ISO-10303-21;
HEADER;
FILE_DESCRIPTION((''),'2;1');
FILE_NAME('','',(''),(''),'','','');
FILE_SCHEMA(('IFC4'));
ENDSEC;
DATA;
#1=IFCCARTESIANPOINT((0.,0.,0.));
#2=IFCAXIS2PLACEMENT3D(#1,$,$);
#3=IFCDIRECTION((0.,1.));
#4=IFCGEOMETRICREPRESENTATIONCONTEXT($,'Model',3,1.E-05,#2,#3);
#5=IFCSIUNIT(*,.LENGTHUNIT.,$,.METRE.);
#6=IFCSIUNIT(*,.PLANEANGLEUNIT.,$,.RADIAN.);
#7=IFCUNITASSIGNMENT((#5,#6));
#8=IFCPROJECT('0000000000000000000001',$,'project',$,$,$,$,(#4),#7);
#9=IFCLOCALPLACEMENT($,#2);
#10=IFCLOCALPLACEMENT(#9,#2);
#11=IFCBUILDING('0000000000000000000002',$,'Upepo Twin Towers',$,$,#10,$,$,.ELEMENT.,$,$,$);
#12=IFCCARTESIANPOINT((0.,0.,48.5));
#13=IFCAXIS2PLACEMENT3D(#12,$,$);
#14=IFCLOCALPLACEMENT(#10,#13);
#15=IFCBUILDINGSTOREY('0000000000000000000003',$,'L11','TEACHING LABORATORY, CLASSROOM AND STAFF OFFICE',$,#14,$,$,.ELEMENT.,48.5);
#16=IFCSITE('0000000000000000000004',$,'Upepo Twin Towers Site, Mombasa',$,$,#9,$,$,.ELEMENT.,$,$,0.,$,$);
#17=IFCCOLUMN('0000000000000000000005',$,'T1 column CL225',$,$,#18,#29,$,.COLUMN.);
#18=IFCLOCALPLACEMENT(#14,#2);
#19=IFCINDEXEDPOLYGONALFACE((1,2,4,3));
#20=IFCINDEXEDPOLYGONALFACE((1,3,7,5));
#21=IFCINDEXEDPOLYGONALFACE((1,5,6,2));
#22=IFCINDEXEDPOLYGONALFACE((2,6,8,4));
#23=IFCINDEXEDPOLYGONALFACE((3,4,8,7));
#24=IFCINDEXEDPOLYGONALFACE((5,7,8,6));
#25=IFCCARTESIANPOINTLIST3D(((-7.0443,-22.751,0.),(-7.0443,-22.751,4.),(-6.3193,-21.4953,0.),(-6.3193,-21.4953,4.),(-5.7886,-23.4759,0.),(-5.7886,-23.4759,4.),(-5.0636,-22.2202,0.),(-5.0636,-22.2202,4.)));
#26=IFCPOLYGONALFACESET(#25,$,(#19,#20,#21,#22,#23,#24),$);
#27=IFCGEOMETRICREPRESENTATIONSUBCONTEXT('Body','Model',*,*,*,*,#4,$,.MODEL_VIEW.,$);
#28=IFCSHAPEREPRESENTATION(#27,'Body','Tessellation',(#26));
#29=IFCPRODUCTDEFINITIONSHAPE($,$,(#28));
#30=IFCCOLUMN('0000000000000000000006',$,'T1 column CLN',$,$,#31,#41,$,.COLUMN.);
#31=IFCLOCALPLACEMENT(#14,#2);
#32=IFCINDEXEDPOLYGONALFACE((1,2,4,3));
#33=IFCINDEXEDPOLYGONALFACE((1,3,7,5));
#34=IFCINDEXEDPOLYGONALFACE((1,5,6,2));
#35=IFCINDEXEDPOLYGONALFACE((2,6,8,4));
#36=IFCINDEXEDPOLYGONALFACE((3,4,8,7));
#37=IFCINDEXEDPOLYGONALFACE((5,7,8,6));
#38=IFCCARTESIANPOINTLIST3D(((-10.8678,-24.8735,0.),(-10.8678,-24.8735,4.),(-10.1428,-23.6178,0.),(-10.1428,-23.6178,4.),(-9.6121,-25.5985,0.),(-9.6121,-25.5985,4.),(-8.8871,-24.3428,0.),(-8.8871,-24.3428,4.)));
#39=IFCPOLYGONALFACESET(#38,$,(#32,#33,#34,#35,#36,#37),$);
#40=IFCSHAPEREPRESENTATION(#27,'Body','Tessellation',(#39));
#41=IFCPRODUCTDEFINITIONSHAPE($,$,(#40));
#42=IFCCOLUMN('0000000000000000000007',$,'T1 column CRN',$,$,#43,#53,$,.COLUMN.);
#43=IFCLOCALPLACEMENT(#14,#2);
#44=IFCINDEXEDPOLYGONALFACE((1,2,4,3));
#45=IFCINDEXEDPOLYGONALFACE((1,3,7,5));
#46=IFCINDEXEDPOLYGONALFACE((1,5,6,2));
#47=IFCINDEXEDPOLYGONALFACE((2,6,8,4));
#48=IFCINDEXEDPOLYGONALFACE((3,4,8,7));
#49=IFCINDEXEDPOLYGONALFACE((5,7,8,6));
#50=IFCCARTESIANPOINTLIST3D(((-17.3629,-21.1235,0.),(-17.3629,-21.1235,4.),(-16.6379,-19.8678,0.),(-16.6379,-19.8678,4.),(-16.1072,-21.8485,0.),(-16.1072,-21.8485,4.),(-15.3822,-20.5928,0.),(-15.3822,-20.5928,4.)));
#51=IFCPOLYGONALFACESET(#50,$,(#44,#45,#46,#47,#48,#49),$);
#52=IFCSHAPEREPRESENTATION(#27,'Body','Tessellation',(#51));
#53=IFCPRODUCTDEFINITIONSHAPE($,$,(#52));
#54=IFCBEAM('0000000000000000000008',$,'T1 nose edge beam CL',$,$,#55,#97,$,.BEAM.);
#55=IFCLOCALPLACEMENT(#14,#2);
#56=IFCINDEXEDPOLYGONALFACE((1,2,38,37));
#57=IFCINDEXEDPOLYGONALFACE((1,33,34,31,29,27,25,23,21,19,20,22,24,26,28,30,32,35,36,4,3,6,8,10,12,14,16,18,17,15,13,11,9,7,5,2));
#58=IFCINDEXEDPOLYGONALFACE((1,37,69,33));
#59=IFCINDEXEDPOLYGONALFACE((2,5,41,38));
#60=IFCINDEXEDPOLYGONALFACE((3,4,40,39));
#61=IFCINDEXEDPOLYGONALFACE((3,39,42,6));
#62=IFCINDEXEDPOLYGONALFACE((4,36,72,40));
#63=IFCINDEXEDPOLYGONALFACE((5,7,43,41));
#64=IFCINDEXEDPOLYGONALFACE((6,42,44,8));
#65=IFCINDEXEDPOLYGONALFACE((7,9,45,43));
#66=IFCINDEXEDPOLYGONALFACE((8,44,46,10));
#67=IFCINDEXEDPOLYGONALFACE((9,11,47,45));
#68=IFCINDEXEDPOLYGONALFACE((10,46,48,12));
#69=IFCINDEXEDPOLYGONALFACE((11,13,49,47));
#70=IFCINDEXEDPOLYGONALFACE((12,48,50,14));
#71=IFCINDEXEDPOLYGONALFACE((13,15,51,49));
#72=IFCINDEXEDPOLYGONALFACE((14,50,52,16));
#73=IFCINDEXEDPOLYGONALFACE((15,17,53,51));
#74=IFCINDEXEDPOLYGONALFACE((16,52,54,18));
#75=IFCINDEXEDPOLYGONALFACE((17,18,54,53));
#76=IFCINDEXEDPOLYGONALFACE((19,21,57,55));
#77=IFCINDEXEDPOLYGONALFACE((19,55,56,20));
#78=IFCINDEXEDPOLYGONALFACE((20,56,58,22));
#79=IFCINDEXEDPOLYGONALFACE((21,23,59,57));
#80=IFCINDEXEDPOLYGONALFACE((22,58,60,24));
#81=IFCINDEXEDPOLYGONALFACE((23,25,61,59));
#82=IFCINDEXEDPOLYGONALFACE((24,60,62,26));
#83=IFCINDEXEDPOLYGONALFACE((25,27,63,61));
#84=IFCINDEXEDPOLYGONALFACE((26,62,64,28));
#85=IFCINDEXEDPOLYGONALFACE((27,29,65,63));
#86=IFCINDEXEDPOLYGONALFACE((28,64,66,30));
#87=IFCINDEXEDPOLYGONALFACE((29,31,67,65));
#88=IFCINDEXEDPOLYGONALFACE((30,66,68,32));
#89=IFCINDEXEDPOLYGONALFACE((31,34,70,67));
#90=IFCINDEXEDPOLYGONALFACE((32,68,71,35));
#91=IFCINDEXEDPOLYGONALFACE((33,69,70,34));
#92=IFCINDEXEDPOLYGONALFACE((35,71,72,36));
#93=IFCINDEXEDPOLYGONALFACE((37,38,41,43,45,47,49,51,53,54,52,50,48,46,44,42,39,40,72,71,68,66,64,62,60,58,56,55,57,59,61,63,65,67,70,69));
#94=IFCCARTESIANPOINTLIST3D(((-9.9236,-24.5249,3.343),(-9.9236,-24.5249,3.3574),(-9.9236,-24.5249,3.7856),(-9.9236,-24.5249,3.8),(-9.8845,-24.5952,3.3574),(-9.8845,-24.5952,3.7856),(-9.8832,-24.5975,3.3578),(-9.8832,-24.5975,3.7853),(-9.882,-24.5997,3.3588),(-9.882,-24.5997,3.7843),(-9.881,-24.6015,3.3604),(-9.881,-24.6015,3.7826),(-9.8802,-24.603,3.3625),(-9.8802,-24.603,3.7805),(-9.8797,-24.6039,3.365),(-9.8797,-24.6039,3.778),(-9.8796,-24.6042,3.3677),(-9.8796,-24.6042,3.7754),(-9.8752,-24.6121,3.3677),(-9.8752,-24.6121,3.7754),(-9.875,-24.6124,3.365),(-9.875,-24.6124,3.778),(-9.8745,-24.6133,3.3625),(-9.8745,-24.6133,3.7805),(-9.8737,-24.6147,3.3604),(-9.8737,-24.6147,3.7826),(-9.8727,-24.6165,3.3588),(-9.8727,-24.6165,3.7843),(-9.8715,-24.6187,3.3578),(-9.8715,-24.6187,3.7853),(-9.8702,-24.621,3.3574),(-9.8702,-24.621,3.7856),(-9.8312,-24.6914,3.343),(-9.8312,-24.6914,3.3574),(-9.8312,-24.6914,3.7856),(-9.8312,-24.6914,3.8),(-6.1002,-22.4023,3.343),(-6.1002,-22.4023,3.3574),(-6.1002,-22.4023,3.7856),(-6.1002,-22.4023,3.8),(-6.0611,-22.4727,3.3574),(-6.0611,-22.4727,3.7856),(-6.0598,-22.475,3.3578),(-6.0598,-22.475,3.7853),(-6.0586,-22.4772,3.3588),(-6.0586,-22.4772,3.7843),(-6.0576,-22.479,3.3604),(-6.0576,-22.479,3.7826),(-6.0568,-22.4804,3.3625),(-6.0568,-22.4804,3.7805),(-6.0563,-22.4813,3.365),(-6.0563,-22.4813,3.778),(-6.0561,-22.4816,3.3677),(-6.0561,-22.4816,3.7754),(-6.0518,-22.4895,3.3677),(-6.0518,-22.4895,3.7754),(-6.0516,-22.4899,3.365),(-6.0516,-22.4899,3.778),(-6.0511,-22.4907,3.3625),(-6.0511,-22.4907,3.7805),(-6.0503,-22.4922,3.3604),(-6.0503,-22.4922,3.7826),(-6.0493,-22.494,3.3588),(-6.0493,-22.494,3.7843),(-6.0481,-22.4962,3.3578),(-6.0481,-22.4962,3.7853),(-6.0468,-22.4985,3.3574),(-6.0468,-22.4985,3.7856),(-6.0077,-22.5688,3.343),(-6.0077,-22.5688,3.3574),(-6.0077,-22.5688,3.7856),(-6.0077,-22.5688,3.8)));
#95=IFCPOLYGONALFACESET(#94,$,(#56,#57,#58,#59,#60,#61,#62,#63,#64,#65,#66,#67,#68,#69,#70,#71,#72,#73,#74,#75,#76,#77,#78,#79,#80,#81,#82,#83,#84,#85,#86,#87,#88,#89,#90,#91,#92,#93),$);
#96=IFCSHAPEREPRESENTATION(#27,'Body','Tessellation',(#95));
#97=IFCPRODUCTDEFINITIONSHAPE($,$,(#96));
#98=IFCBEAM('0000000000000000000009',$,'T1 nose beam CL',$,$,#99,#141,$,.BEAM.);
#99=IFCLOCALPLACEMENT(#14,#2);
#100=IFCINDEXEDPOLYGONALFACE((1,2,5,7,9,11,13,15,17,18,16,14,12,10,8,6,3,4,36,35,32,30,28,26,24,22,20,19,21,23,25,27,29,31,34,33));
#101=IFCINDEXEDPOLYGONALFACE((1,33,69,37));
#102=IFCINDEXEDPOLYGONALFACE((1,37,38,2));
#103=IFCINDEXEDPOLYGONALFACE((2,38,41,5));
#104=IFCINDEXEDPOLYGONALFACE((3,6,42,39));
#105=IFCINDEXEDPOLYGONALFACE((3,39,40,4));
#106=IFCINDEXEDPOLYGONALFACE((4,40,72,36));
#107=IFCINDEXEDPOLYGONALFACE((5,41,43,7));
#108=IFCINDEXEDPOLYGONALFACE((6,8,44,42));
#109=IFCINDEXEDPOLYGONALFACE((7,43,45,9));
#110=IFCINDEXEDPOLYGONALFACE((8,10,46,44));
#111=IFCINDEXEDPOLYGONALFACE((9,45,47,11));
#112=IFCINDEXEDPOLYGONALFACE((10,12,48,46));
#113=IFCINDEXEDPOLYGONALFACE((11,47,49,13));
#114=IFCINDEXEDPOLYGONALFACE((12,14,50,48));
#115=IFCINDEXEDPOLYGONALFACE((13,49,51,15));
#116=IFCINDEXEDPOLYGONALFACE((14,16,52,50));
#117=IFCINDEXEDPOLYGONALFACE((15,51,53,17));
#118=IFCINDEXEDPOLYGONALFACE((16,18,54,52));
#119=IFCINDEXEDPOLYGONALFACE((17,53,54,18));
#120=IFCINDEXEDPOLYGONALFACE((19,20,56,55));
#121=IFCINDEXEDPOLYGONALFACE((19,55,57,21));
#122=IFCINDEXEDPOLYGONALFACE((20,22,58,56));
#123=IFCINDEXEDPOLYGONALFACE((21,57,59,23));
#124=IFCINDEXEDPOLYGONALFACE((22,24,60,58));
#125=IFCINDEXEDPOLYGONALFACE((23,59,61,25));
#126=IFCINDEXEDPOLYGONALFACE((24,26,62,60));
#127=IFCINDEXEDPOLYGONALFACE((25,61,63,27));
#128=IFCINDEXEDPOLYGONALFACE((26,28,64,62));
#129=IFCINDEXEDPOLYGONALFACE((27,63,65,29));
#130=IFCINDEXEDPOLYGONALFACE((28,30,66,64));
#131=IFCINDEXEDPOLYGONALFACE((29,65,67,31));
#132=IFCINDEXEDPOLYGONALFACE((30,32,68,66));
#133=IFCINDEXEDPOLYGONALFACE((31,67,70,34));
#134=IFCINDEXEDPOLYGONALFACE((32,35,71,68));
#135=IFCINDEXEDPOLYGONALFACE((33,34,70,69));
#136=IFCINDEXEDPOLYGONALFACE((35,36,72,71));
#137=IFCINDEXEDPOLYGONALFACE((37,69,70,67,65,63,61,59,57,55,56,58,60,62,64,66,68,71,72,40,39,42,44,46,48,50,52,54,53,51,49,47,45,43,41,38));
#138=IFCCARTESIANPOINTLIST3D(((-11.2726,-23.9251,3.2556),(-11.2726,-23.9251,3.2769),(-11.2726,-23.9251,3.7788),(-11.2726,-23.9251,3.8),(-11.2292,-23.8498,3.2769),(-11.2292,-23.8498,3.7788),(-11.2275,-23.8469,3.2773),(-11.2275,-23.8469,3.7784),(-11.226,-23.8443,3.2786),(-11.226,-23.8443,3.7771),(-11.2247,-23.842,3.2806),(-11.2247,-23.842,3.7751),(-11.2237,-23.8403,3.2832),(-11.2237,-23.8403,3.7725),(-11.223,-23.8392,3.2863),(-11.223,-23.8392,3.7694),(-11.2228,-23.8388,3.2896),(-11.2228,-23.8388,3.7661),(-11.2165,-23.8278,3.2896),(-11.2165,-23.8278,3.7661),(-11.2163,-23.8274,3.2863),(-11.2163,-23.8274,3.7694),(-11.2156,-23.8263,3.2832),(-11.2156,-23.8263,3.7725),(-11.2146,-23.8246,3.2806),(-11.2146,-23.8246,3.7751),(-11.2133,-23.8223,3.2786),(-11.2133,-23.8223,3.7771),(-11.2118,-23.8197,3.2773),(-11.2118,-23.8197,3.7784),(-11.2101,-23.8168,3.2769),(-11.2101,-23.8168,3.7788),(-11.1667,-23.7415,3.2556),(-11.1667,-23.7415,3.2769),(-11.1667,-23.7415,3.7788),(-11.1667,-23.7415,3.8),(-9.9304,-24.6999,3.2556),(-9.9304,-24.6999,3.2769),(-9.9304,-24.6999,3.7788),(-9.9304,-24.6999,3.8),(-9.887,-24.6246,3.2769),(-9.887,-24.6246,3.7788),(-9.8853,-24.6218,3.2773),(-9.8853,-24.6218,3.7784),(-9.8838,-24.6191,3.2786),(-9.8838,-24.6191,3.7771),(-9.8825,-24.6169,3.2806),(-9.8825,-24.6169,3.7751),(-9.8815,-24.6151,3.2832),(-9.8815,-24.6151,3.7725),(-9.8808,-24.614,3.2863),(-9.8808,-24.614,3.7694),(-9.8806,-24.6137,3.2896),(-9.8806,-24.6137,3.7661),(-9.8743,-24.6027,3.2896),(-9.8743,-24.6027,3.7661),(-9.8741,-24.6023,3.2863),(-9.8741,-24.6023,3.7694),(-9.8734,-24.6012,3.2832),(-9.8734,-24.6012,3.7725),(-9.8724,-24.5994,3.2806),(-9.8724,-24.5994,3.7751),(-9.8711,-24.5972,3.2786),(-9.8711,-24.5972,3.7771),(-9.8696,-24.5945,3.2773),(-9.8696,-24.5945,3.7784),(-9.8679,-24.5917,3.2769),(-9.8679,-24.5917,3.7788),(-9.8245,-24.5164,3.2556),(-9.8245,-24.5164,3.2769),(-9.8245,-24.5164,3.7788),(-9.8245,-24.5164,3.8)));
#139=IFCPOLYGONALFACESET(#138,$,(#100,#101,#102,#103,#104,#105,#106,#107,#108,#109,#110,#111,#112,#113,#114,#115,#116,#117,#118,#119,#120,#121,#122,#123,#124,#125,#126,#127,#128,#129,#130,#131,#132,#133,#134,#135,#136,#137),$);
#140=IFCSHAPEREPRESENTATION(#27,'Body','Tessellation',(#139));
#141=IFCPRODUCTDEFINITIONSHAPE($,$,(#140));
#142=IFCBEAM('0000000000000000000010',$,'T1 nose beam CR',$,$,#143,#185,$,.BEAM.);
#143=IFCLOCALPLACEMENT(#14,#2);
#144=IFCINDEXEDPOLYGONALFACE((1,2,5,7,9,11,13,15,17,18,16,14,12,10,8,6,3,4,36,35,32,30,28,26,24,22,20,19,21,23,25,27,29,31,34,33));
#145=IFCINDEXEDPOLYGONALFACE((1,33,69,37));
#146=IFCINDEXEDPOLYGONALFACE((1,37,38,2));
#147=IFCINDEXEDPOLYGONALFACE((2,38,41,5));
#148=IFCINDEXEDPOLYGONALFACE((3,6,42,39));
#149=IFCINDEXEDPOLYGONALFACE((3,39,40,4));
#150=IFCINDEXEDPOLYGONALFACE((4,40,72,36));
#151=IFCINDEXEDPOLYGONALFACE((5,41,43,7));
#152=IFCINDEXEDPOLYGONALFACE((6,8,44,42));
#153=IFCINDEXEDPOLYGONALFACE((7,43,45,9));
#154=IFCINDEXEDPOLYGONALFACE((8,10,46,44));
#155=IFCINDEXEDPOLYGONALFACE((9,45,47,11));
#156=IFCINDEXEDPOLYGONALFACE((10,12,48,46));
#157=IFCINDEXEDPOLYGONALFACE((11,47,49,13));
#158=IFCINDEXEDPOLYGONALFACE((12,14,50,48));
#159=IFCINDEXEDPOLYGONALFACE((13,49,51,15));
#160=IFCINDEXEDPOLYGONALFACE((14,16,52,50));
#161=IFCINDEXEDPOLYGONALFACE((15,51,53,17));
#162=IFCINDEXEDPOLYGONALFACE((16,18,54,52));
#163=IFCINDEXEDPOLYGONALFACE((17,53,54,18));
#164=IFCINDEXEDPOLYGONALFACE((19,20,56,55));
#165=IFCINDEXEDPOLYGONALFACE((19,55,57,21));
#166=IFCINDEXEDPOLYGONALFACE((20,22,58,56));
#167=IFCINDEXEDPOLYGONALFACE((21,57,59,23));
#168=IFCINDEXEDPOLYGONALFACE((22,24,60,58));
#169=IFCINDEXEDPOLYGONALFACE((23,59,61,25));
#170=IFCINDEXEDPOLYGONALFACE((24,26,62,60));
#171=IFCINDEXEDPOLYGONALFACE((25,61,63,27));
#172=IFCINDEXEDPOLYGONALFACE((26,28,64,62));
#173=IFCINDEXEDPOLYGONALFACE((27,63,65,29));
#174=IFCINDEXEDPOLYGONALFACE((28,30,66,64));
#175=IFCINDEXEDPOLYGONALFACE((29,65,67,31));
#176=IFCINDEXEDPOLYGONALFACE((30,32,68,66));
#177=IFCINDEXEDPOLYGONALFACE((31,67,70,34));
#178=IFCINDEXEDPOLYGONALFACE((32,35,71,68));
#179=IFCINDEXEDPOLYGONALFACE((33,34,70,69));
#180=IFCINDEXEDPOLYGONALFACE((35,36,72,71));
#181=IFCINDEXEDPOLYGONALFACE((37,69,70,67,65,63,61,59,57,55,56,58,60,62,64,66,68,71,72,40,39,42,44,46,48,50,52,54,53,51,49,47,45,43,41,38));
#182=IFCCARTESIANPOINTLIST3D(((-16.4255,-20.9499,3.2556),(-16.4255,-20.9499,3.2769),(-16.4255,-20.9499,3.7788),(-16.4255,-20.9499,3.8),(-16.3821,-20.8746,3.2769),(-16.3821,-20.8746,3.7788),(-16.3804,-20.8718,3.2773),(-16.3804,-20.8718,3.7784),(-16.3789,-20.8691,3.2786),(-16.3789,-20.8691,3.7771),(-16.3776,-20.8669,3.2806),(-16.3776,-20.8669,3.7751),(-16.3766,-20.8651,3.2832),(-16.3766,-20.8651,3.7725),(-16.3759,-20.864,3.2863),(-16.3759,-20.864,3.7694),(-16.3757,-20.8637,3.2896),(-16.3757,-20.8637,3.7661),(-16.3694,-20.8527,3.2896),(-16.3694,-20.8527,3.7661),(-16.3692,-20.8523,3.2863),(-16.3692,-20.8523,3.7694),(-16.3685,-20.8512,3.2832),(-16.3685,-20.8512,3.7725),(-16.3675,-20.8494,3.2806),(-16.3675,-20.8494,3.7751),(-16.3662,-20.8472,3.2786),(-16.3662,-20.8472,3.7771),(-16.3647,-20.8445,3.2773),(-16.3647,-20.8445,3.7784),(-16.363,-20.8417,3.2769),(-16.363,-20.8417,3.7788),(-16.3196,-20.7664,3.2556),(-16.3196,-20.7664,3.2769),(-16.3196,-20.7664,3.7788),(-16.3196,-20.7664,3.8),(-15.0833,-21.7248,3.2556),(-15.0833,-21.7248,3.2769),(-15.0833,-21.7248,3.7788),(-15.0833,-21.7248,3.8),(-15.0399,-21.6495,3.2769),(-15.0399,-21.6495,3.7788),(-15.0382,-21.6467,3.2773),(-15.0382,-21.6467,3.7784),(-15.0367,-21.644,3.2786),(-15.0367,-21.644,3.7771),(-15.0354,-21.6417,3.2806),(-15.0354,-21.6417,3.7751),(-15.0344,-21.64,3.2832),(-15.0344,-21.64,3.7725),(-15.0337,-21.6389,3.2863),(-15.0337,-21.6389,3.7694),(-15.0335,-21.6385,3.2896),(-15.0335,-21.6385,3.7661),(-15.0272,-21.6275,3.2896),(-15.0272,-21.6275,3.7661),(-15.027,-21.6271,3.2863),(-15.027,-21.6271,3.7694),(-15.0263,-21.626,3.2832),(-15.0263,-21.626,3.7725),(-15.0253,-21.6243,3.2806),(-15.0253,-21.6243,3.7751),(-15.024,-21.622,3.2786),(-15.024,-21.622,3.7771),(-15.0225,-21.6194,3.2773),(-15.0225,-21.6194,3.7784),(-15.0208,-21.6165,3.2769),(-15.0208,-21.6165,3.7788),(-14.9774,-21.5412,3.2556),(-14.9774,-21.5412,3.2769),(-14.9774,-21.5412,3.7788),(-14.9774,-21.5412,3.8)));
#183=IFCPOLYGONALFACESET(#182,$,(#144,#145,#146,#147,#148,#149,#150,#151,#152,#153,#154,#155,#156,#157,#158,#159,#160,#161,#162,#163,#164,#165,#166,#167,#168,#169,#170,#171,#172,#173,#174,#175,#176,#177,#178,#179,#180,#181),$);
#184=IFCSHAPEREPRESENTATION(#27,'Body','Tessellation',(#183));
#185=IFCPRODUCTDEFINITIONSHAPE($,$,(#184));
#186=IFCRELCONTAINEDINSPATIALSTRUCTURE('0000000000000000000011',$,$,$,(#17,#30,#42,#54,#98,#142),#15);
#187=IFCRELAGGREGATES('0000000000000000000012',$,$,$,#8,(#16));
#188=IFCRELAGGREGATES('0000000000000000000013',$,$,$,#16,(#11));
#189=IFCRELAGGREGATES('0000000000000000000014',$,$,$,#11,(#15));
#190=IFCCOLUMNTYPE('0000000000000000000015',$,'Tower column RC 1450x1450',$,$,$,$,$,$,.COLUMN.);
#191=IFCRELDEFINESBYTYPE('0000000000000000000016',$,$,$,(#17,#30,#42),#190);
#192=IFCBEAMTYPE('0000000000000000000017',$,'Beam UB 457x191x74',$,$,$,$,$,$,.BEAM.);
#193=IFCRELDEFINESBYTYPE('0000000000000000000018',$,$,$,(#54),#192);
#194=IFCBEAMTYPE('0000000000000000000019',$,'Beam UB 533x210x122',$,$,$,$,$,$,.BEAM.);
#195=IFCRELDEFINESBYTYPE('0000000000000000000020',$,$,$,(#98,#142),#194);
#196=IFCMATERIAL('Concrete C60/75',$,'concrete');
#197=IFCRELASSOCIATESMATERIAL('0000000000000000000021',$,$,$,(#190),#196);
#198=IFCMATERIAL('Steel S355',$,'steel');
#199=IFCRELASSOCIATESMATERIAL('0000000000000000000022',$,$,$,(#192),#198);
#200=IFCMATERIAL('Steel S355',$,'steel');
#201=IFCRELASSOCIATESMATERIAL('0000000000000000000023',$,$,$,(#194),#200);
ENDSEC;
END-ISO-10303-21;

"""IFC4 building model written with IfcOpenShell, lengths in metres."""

from ifc_helpers import new_model, si_unit, direction, frame, origin, origin_2d, place, context, subcontext, project, spatial, rectangle, i_section, extrude, material, material_profile, profile_set, type_object, element, save


model = new_model("IFC4")

# Units and contexts
model_context = context("Model", 3, precision=1e-05, world=origin(), true_north=direction((0.0, 1.0)))
body_context = subcontext(model_context, "Body", "Model", "MODEL_VIEW")
ifc_project = project(units=[si_unit("LENGTHUNIT", "METRE"), si_unit("PLANEANGLEUNIT", "RADIAN")], contexts=[model_context])

# Site, building, storey
site_placement = place(None, origin())
site = spatial("IfcSite", under=ifc_project, at=site_placement, Name="Upepo Twin Towers Site, Mombasa", CompositionType="ELEMENT", RefElevation=0.0)
building_placement = place(site_placement, origin())
building = spatial("IfcBuilding", under=site, at=building_placement, Name="Upepo Twin Towers", CompositionType="ELEMENT")
storey_placement = place(building_placement, frame((0.0, 0.0, 48.5)))
storey = spatial("IfcBuildingStorey", under=building, at=storey_placement, Name="L11", Description="TEACHING LABORATORY, CLASSROOM AND STAFF OFFICE", CompositionType="ELEMENT", Elevation=48.5)

# Columns
ifc_material_1 = material(Name="Concrete C60/75", Category="concrete")
ifc_material_profile_1 = material_profile(ifc_material_1, rectangle(XDim=1.45, YDim=1.45, at=origin_2d()), Name="RC 1450x1450")
ifc_profile_set_1 = profile_set([ifc_material_profile_1], Name="Concrete C60/75")
column_type = type_object("IfcColumnType", Name="Tower column RC 1450x1450", PredefinedType="COLUMN", material=ifc_profile_set_1)
for number, where, z_axis, x_axis, name in (
    (1, (-6.054, -22.4856, 0.0), (0.0, 0.0, 1.0), (0.5, 0.866025, 0.0), "T1 column CL225"),
    (2, (-9.8774, -24.6082, 0.0), (0.0, 0.0, 1.0), (0.5, 0.866025, 0.0), "T1 column CLN"),
    (3, (-16.3726, -20.8582, 0.0), (0.0, 0.0, 1.0), (0.5, 0.866025, 0.0), "T1 column CRN"),
):
    element("IfcColumn", number, at=place(storey_placement, frame(where, z_axis=z_axis, x_axis=x_axis)), inside=storey, type_object=column_type, Name=name, PredefinedType="COLUMN", context=body_context, shape_type="SweptSolid", body=[
        extrude(rectangle(XDim=1.45, YDim=1.45, at=origin_2d()), origin(), (0.0, 0.0, 1.0), 4.0),
    ])

# Beams
ifc_material_2 = material(Name="Steel S355", Category="steel")
ifc_material_profile_2 = material_profile(ifc_material_2, i_section(OverallWidth=0.1904, OverallDepth=0.457, WebThickness=0.009, FlangeThickness=0.0144, FilletRadius=0.0103, at=origin_2d()), Name="UB 457x191x74")
ifc_profile_set_2 = profile_set([ifc_material_profile_2], Name="Steel S355")
beam_type_1 = type_object("IfcBeamType", Name="Beam UB 457x191x74", PredefinedType="BEAM", material=ifc_profile_set_2)
beam_1_placement = place(storey_placement, frame((-6.054, -22.4856, 3.5715), z_axis=(-0.874313, -0.485363, 0.0), x_axis=(0.485363, -0.874313, 0.0)))
element("IfcBeam", 4, at=beam_1_placement, inside=storey, type_object=beam_type_1, Name="T1 nose edge beam CL", PredefinedType="BEAM", context=body_context, shape_type="SweptSolid", body=[
    extrude(i_section(OverallWidth=0.1904, OverallDepth=0.457, WebThickness=0.009, FlangeThickness=0.0144, FilletRadius=0.0103, at=origin_2d()), origin(), (0.0, 0.0, 1.0), 4.373),
])
ifc_material_3 = material(Name="Steel S355", Category="steel")
ifc_material_profile_3 = material_profile(ifc_material_3, i_section(OverallWidth=0.2119, OverallDepth=0.5444, WebThickness=0.0127, FlangeThickness=0.0212, FilletRadius=0.0127, at=origin_2d()), Name="UB 533x210x122")
ifc_profile_set_3 = profile_set([ifc_material_profile_3], Name="Steel S355")
beam_type_2 = type_object("IfcBeamType", Name="Beam UB 533x210x122", PredefinedType="BEAM", material=ifc_profile_set_3)
for number, where, z_axis, x_axis, name in (
    (5, (-9.8774, -24.6082, 3.5278), (-0.866044, 0.499968, 0.0), (-0.499968, -0.866044, 0.0), "T1 nose beam CL"),
    (6, (-16.3726, -20.8582, 3.5278), (0.866044, -0.499968, 0.0), (0.499968, 0.866044, 0.0), "T1 nose beam CR"),
):
    element("IfcBeam", number, at=place(storey_placement, frame(where, z_axis=z_axis, x_axis=x_axis)), inside=storey, type_object=beam_type_2, Name=name, PredefinedType="BEAM", context=body_context, shape_type="SweptSolid", body=[
        extrude(i_section(OverallWidth=0.2119, OverallDepth=0.5444, WebThickness=0.0127, FlangeThickness=0.0212, FilletRadius=0.0127, at=origin_2d()), origin(), (0.0, 0.0, 1.0), 1.5498),
    ])

save(model, "model.ifc")
